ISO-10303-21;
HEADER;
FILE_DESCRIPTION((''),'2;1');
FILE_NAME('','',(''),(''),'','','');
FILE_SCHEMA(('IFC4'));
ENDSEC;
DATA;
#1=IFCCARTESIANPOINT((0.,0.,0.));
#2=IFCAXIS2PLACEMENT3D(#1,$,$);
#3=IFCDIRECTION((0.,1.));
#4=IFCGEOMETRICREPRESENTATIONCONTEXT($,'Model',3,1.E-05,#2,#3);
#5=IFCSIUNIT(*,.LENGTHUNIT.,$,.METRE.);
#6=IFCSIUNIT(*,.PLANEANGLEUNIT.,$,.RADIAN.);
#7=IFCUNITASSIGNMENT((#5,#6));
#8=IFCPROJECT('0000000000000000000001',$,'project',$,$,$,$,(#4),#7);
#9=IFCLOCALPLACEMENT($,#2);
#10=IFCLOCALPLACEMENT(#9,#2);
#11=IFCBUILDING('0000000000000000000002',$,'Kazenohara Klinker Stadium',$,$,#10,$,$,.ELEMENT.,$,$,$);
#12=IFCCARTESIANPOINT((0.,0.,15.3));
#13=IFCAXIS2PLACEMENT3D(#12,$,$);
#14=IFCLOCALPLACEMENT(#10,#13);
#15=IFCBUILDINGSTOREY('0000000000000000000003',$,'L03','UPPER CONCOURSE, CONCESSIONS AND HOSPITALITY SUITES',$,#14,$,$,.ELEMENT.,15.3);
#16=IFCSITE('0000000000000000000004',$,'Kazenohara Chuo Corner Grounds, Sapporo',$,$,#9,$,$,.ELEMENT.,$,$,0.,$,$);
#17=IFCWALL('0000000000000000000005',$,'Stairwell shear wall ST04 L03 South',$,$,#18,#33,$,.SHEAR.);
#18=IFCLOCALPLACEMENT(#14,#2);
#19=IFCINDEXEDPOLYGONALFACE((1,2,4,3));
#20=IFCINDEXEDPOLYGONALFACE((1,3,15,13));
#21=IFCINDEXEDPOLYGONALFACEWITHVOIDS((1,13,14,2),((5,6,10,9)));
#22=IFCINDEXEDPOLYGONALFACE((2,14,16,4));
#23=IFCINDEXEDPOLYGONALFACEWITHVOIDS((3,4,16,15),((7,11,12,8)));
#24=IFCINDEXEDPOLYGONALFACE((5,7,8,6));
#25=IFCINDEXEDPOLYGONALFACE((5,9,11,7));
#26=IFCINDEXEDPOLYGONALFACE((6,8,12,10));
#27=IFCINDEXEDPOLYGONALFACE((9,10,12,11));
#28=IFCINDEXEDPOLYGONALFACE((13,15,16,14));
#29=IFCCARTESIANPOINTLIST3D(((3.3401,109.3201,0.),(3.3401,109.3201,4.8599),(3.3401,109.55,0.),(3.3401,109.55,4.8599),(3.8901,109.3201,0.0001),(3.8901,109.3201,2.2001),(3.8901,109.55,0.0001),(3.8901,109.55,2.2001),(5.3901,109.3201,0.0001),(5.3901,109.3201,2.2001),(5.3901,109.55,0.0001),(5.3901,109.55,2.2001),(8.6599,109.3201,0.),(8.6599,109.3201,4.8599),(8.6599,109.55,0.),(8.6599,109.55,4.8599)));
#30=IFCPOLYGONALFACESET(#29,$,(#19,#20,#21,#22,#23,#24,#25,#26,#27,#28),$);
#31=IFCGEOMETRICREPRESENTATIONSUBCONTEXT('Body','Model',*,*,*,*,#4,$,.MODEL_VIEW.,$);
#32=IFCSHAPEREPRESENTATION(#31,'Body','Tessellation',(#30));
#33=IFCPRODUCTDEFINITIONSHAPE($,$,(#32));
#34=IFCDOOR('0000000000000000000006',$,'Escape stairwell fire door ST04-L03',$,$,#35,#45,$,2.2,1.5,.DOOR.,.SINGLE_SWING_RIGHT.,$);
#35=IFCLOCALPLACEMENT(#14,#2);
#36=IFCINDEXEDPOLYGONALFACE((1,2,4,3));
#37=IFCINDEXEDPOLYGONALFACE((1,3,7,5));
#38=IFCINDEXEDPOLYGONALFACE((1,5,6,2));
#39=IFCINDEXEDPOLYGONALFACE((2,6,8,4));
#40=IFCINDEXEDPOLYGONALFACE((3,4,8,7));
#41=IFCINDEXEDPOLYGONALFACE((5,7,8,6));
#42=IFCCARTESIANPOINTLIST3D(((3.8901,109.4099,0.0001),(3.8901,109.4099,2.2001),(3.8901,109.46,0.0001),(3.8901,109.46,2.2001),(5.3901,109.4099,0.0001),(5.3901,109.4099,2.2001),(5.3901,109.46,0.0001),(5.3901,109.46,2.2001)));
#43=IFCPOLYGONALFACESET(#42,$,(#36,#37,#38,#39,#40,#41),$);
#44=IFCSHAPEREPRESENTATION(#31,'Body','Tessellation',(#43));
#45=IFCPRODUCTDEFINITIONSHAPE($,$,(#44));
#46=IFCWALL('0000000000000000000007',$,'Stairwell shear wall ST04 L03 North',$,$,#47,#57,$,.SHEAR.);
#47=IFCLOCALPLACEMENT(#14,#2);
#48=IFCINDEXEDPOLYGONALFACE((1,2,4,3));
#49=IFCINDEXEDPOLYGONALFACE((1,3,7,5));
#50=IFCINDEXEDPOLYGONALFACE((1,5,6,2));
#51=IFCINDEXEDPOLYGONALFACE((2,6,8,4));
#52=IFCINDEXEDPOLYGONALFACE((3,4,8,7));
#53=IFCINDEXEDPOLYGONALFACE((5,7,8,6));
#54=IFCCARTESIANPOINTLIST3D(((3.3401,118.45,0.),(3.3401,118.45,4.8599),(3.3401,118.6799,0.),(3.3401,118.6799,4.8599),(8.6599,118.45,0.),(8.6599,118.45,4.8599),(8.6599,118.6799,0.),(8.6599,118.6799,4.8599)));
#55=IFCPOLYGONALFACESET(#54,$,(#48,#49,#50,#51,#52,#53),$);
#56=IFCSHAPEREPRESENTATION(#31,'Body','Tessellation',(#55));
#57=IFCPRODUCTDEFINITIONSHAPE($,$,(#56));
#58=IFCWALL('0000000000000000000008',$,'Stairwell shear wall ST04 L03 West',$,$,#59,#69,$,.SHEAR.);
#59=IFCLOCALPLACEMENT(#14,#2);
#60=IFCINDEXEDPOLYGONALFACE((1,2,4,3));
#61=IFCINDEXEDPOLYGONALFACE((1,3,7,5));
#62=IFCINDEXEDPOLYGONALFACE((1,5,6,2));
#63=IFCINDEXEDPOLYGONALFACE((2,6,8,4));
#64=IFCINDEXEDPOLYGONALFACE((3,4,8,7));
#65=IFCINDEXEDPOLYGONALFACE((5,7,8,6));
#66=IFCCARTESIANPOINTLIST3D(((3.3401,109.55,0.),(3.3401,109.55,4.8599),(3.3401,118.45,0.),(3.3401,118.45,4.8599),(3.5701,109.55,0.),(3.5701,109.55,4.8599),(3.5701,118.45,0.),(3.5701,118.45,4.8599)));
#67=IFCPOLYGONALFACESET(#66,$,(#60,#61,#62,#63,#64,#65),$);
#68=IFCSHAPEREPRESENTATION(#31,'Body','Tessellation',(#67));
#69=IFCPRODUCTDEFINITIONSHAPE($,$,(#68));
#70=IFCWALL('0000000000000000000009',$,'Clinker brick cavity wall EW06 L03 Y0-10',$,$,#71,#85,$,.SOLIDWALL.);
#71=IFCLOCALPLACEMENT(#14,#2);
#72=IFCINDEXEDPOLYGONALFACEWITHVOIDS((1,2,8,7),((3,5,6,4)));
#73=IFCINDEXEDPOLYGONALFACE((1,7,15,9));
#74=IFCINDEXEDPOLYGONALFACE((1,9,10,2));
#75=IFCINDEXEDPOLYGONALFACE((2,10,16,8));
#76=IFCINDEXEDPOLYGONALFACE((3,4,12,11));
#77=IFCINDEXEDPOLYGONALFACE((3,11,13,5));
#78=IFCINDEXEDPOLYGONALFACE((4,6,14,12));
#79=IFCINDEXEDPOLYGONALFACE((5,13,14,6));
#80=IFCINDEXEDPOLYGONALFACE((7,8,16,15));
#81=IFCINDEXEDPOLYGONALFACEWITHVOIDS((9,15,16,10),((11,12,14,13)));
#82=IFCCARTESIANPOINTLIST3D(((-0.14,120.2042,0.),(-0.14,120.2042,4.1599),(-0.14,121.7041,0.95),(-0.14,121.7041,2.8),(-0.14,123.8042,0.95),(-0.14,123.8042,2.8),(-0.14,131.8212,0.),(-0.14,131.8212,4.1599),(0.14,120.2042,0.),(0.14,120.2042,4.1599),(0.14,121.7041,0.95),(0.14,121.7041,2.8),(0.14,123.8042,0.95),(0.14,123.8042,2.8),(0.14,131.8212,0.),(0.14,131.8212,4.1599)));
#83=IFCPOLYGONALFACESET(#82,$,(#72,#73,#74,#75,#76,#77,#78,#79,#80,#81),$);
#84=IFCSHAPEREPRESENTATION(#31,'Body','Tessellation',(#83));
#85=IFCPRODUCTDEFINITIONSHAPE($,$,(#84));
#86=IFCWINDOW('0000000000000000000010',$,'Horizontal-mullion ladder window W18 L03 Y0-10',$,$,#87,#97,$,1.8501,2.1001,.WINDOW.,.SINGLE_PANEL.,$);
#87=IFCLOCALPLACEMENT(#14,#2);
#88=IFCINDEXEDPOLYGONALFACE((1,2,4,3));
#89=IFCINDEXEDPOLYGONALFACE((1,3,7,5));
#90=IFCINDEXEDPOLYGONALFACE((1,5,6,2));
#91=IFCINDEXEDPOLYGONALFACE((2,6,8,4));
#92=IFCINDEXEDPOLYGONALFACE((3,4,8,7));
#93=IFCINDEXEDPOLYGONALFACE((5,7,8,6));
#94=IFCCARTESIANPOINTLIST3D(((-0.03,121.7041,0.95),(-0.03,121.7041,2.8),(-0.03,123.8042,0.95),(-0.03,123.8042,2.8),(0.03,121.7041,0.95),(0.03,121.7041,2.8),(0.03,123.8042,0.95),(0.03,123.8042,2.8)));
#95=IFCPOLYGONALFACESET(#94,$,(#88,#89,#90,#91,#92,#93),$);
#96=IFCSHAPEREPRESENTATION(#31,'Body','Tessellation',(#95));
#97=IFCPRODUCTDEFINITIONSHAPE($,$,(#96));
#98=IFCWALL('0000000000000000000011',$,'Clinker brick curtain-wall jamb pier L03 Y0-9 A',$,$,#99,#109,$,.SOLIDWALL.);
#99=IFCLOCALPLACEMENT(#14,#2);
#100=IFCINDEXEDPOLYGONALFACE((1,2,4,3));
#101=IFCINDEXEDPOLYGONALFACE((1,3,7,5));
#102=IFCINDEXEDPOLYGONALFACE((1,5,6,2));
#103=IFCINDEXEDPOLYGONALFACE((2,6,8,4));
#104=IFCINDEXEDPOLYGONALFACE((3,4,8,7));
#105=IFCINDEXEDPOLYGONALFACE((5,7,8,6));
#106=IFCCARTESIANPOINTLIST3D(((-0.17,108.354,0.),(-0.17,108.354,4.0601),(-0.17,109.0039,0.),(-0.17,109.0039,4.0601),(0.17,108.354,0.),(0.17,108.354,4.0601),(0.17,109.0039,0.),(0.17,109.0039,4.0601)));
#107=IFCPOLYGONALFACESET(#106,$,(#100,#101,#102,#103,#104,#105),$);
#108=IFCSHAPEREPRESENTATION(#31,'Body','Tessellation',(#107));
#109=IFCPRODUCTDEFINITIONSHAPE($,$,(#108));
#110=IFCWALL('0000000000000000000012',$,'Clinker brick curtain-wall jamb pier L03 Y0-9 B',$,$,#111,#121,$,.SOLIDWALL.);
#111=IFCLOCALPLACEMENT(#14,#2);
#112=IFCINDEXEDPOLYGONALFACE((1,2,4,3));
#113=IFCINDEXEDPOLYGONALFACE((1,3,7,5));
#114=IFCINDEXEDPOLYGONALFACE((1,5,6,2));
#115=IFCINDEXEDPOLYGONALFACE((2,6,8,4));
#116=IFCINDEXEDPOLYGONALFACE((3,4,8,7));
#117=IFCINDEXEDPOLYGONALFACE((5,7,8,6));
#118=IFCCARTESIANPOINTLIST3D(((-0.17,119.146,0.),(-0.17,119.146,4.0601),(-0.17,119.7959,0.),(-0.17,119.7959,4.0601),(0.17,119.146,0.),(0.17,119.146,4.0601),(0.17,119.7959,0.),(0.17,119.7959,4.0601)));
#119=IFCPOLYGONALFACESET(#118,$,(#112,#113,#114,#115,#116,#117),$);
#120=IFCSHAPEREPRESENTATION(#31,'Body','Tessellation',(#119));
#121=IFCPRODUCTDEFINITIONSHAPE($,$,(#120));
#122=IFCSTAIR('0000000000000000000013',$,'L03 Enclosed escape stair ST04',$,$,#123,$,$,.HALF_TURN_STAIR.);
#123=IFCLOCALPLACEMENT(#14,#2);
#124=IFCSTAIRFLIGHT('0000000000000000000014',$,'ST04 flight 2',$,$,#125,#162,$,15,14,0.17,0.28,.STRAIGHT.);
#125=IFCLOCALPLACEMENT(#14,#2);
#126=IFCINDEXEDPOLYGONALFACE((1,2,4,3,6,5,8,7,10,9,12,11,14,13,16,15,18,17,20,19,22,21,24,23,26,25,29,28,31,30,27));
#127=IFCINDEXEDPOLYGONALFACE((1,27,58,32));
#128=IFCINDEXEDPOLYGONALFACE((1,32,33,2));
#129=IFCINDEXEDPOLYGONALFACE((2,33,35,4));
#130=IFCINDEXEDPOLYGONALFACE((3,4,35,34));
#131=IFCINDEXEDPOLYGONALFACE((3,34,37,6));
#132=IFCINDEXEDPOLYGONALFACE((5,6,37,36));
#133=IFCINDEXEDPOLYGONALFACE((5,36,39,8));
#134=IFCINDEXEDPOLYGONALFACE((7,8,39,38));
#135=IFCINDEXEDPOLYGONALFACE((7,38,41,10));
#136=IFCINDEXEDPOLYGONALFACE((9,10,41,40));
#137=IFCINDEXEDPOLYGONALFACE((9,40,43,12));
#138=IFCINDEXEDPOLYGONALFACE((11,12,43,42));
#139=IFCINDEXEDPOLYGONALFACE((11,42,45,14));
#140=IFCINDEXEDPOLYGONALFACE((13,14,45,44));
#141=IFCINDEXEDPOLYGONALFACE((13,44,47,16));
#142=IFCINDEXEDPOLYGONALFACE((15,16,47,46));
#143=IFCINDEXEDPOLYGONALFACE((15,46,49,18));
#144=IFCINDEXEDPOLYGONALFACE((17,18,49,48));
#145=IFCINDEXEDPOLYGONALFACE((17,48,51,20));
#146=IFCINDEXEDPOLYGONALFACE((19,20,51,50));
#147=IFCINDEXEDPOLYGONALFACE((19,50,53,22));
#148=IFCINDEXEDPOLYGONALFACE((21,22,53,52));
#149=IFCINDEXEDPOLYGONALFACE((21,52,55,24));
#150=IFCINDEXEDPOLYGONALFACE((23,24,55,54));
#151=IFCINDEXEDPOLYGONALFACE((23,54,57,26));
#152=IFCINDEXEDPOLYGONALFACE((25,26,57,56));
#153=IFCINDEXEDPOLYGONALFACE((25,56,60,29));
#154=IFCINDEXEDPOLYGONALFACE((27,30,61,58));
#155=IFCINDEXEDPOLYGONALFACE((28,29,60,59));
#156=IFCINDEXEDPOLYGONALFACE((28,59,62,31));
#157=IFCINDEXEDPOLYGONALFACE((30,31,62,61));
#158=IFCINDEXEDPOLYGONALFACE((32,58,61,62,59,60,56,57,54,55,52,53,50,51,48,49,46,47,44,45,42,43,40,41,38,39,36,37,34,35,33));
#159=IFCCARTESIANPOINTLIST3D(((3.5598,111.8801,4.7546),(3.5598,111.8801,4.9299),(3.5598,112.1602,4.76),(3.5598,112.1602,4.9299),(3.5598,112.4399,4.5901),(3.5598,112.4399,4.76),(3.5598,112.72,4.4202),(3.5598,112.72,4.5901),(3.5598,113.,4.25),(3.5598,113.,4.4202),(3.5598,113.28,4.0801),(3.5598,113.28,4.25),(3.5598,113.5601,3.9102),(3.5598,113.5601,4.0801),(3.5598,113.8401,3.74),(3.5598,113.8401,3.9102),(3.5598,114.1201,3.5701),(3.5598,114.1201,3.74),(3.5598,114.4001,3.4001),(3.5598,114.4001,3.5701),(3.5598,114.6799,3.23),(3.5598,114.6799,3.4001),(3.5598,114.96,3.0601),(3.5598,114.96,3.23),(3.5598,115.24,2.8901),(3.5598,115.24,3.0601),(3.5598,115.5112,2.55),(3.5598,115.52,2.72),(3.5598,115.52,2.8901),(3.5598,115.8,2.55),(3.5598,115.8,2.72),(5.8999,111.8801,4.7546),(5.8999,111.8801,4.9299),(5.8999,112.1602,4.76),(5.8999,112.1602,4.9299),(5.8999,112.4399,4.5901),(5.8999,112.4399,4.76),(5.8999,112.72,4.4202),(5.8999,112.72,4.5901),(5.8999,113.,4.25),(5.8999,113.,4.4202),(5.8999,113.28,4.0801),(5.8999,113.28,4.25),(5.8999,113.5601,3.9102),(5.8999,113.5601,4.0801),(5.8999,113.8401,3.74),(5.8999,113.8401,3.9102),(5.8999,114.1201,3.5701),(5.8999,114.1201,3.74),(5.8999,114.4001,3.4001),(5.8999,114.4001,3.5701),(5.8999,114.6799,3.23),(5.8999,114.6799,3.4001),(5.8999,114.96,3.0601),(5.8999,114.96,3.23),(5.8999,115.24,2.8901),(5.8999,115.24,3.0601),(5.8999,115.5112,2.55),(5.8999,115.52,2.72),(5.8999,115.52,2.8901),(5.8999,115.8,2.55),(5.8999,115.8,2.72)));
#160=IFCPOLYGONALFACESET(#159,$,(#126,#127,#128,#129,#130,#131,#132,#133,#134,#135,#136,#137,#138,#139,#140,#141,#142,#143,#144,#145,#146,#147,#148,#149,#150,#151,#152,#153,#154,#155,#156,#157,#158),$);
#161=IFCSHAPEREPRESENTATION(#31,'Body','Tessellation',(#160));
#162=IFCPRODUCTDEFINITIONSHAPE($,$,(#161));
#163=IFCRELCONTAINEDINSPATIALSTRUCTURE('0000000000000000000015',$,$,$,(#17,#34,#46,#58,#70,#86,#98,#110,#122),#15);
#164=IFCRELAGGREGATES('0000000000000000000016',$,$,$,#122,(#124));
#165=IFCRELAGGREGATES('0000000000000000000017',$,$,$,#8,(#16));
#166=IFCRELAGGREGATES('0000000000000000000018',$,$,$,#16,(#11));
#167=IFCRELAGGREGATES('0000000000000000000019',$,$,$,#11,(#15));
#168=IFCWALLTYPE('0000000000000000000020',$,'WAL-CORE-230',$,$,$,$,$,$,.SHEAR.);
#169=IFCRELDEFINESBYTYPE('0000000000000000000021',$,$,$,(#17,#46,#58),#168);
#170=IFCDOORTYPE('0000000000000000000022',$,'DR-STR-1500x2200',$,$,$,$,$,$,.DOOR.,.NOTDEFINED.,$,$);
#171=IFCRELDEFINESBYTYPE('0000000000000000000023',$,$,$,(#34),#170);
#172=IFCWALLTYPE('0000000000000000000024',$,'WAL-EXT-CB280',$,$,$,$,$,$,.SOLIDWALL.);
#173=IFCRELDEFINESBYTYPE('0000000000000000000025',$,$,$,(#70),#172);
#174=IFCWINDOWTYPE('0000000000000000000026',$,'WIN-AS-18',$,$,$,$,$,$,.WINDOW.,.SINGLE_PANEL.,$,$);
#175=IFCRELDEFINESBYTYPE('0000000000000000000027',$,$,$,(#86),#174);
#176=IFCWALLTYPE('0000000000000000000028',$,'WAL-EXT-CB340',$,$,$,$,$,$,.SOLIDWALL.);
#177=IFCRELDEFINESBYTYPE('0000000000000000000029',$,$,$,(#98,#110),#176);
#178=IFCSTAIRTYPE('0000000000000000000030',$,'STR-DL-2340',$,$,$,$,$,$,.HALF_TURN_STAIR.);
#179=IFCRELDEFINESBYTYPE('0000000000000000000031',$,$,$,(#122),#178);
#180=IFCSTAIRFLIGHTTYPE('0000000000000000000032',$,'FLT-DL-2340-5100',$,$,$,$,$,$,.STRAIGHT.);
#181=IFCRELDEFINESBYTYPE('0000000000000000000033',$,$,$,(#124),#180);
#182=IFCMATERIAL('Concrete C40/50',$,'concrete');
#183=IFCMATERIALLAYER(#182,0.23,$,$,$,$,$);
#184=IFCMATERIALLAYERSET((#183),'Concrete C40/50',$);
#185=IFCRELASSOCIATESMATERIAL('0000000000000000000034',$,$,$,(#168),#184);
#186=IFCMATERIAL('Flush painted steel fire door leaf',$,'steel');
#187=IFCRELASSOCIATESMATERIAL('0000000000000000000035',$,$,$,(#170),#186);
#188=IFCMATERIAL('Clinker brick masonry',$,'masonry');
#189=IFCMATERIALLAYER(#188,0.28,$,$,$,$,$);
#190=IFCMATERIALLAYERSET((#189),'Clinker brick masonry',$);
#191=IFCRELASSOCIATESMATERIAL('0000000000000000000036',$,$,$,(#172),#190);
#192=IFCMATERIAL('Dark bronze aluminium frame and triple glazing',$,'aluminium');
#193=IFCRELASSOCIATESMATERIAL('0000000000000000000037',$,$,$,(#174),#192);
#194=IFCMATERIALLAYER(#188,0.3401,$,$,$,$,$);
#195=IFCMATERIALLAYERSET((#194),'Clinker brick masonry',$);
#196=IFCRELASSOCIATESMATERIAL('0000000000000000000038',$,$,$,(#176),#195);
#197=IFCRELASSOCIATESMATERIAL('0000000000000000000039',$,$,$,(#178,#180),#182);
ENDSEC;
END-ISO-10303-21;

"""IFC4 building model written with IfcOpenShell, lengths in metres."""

from ifc_helpers import new_model, si_unit, direction, frame, frame_2d, origin, place, context, subcontext, project, spatial, polyline, rectangle, outline, extrude, material, layer, layer_set, type_object, element, fill, aggregate, save


model = new_model("IFC4")

# Units and contexts
model_context = context("Model", 3, precision=1e-05, world=origin(), true_north=direction((0.0, 1.0)))
body_context = subcontext(model_context, "Body", "Model", "MODEL_VIEW")
ifc_project = project(units=[si_unit("LENGTHUNIT", "METRE"), si_unit("PLANEANGLEUNIT", "RADIAN")], contexts=[model_context])

# Site, building, storey
site_placement = place(None, origin())
site = spatial("IfcSite", under=ifc_project, at=site_placement, Name="Kazenohara Chuo Corner Grounds, Sapporo", CompositionType="ELEMENT", RefElevation=0.0)
building_placement = place(site_placement, origin())
building = spatial("IfcBuilding", under=site, at=building_placement, Name="Kazenohara Klinker Stadium", CompositionType="ELEMENT")
storey_placement = place(building_placement, frame((0.0, 0.0, 15.3)))
storey = spatial("IfcBuildingStorey", under=building, at=storey_placement, Name="L03", Description="UPPER CONCOURSE, CONCESSIONS AND HOSPITALITY SUITES", CompositionType="ELEMENT", Elevation=15.3)

# Shared definitions
ifc_material_1 = material(Name="Concrete C40/50", Category="concrete")

# Wall, opening, door
ifc_layer_1 = layer(ifc_material_1, 0.23)
ifc_layer_set_1 = layer_set([ifc_layer_1], Name="Concrete C40/50")
wall_type_1 = type_object("IfcWallType", Name="WAL-CORE-230", PredefinedType="SHEAR", material=ifc_layer_set_1)
wall_1_placement = place(storey_placement, frame((3.3401, 109.4351, 0.0), z_axis=(0.0, 0.0, 1.0), x_axis=(1.0, 0.0, 0.0)))
wall_1 = element("IfcWall", 1, at=wall_1_placement, inside=storey, type_object=wall_type_1, Name="Stairwell shear wall ST04 L03 South", PredefinedType="SHEAR", context=body_context, shape_type="SweptSolid", body=[
    extrude(rectangle(XDim=5.3198, YDim=0.23, at=frame_2d((2.6599, 0.0))), origin(), (0.0, 0.0, 1.0), 4.8599),
])
opening_1_placement = place(wall_1_placement, frame((0.55, 0.0, 0.0)))
opening_1 = element("IfcOpeningElement", 2, at=opening_1_placement, cuts=wall_1, PredefinedType="OPENING", context=body_context, shape_type="SweptSolid", body=[
    extrude(rectangle(XDim=1.5, YDim=2.2, at=frame_2d((0.75, 1.1001))), frame((0.0, 0.125, 0.0), z_axis=(0.0, -1.0, 0.0), x_axis=(1.0, 0.0, 0.0)), (0.0, 0.0, 1.0), 0.25),
])
ifc_material_2 = material(Name="Flush painted steel fire door leaf", Category="steel")
door_type = type_object("IfcDoorType", Name="DR-STR-1500x2200", OperationType="NOTDEFINED", PredefinedType="DOOR", material=ifc_material_2)
door_placement = place(opening_1_placement, origin())
door = element("IfcDoor", 3, at=door_placement, inside=storey, type_object=door_type, Name="Escape stairwell fire door ST04-L03", OperationType="SINGLE_SWING_RIGHT", OverallHeight=2.2, OverallWidth=1.5, PredefinedType="DOOR", context=body_context, shape_type="SweptSolid", body=[
    extrude(rectangle(XDim=1.5, YDim=2.2, at=frame_2d((0.75, 1.1001))), frame((0.0, 0.0249, 0.0), z_axis=(0.0, -1.0, 0.0), x_axis=(1.0, 0.0, 0.0)), (0.0, 0.0, 1.0), 0.05),
])
fill(opening_1, door)

# Walls
wall_2_placement = place(storey_placement, frame((3.3401, 118.5649, 0.0), z_axis=(0.0, 0.0, 1.0), x_axis=(1.0, 0.0, 0.0)))
element("IfcWall", 4, at=wall_2_placement, inside=storey, type_object=wall_type_1, Name="Stairwell shear wall ST04 L03 North", PredefinedType="SHEAR", context=body_context, shape_type="SweptSolid", body=[
    extrude(rectangle(XDim=5.3198, YDim=0.23, at=frame_2d((2.6599, 0.0))), origin(), (0.0, 0.0, 1.0), 4.8599),
])
wall_3_placement = place(storey_placement, frame((3.4551, 109.55, 0.0), z_axis=(0.0, 0.0, 1.0), x_axis=(0.0, 1.0, 0.0)))
element("IfcWall", 5, at=wall_3_placement, inside=storey, type_object=wall_type_1, Name="Stairwell shear wall ST04 L03 West", PredefinedType="SHEAR", context=body_context, shape_type="SweptSolid", body=[
    extrude(rectangle(XDim=8.8999, YDim=0.23, at=frame_2d((4.45, 0.0))), origin(), (0.0, 0.0, 1.0), 4.8599),
])

# Wall, opening, window
ifc_material_3 = material(Name="Clinker brick masonry", Category="masonry")
ifc_layer_2 = layer(ifc_material_3, 0.28)
ifc_layer_set_2 = layer_set([ifc_layer_2], Name="Clinker brick masonry")
wall_type_2 = type_object("IfcWallType", Name="WAL-EXT-CB280", PredefinedType="SOLIDWALL", material=ifc_layer_set_2)
wall_4_placement = place(storey_placement, frame((0.0, 120.2041, 0.0), z_axis=(0.0, 0.0, 1.0), x_axis=(0.0, 1.0, 0.0)))
wall_4 = element("IfcWall", 6, at=wall_4_placement, inside=storey, type_object=wall_type_2, Name="Clinker brick cavity wall EW06 L03 Y0-10", PredefinedType="SOLIDWALL", context=body_context, shape_type="SweptSolid", body=[
    extrude(rectangle(XDim=11.6169, YDim=0.28, at=frame_2d((5.8086, 0.0))), origin(), (0.0, 0.0, 1.0), 4.1599),
])
opening_2_placement = place(wall_4_placement, frame((1.5, 0.0, 0.95)))
opening_2 = element("IfcOpeningElement", 7, at=opening_2_placement, cuts=wall_4, PredefinedType="OPENING", context=body_context, shape_type="SweptSolid", body=[
    extrude(rectangle(XDim=2.1001, YDim=1.8501, at=frame_2d((1.05, 0.925))), frame((0.0, 0.1499, 0.0), z_axis=(0.0, -1.0, 0.0), x_axis=(1.0, 0.0, 0.0)), (0.0, 0.0, 1.0), 0.3),
])
ifc_material_4 = material(Name="Dark bronze aluminium frame and triple glazing", Category="aluminium")
window_type = type_object("IfcWindowType", Name="WIN-AS-18", PartitioningType="SINGLE_PANEL", PredefinedType="WINDOW", material=ifc_material_4)
window_placement = place(opening_2_placement, origin())
window = element("IfcWindow", 8, at=window_placement, inside=storey, type_object=window_type, Name="Horizontal-mullion ladder window W18 L03 Y0-10", OverallHeight=1.8501, OverallWidth=2.1001, PartitioningType="SINGLE_PANEL", PredefinedType="WINDOW", context=body_context, shape_type="SweptSolid", body=[
    extrude(rectangle(XDim=2.1001, YDim=1.8501, at=frame_2d((1.05, 0.925))), frame((0.0, 0.03, 0.0), z_axis=(0.0, -1.0, 0.0), x_axis=(1.0, 0.0, 0.0)), (0.0, 0.0, 1.0), 0.0601),
])
fill(opening_2, window)

# Walls
ifc_layer_3 = layer(ifc_material_3, 0.3401)
ifc_layer_set_3 = layer_set([ifc_layer_3], Name="Clinker brick masonry")
wall_type_3 = type_object("IfcWallType", Name="WAL-EXT-CB340", PredefinedType="SOLIDWALL", material=ifc_layer_set_3)
for number, where, z_axis, x_axis, name in (
    (9, (0.0, 108.354, 0.0), (0.0, 0.0, 1.0), (0.0, 1.0, 0.0), "Clinker brick curtain-wall jamb pier L03 Y0-9 A"),
    (10, (0.0, 119.146, 0.0), (0.0, 0.0, 1.0), (0.0, 1.0, 0.0), "Clinker brick curtain-wall jamb pier L03 Y0-9 B"),
):
    element("IfcWall", number, at=place(storey_placement, frame(where, z_axis=z_axis, x_axis=x_axis)), inside=storey, type_object=wall_type_3, Name=name, PredefinedType="SOLIDWALL", context=body_context, shape_type="SweptSolid", body=[
        extrude(rectangle(XDim=0.6499, YDim=0.3401, at=frame_2d((0.325, 0.0))), origin(), (0.0, 0.0, 1.0), 4.0601),
    ])

# Stair, stair flight
stair_type = type_object("IfcStairType", Name="STR-DL-2340", PredefinedType="HALF_TURN_STAIR", material=ifc_material_1)
stair_placement = place(storey_placement, origin())
stair = element("IfcStair", 11, at=stair_placement, inside=storey, type_object=stair_type, Name="L03 Enclosed escape stair ST04", PredefinedType="HALF_TURN_STAIR")
stair_flight_type = type_object("IfcStairFlightType", Name="FLT-DL-2340-5100", PredefinedType="STRAIGHT", material=ifc_material_1)
stair_flight_placement = place(storey_placement, frame((4.73, 115.8, 2.55), z_axis=(0.0, 0.0, 1.0), x_axis=(0.0, -1.0, 0.0)))
stair_flight = element("IfcStairFlight", 12, at=stair_flight_placement, type_object=stair_flight_type, Name="ST04 flight 2", NumberOfRisers=15, NumberOfTreads=14, PredefinedType="STRAIGHT", RiserHeight=0.17, TreadLength=0.28, context=body_context, shape_type="SweptSolid", body=[
    extrude(outline(polyline([(0.0, 0.0), (0.0, 0.1699), (0.28, 0.1699), (0.28, 0.3401), (0.5601, 0.3401), (0.5601, 0.51), (0.8401, 0.51), (0.8401, 0.6799), (1.1201, 0.6799), (1.1201, 0.8501), (1.3999, 0.8501), (1.3999, 1.02), (1.6799, 1.02), (1.6799, 1.1899), (1.96, 1.1899), (1.96, 1.3601), (2.24, 1.3601), (2.24, 1.53), (2.52, 1.53), (2.52, 1.7), (2.8, 1.7), (2.8, 1.8701), (3.0801, 1.8701), (3.0801, 2.04), (3.3601, 2.04), (3.3601, 2.21), (3.6399, 2.21), (3.6399, 2.3799), (3.9199, 2.3799), (3.9199, 2.55), (3.9199, 2.2046), (0.2888, 0.0), (0.0, 0.0)])), frame((0.0, 1.1699, 0.0), z_axis=(0.0, -1.0, 0.0), x_axis=(1.0, 0.0, 0.0)), (0.0, 0.0, 1.0), 2.3401),
])
aggregate(stair, [stair_flight])

save(model, "model.ifc")
